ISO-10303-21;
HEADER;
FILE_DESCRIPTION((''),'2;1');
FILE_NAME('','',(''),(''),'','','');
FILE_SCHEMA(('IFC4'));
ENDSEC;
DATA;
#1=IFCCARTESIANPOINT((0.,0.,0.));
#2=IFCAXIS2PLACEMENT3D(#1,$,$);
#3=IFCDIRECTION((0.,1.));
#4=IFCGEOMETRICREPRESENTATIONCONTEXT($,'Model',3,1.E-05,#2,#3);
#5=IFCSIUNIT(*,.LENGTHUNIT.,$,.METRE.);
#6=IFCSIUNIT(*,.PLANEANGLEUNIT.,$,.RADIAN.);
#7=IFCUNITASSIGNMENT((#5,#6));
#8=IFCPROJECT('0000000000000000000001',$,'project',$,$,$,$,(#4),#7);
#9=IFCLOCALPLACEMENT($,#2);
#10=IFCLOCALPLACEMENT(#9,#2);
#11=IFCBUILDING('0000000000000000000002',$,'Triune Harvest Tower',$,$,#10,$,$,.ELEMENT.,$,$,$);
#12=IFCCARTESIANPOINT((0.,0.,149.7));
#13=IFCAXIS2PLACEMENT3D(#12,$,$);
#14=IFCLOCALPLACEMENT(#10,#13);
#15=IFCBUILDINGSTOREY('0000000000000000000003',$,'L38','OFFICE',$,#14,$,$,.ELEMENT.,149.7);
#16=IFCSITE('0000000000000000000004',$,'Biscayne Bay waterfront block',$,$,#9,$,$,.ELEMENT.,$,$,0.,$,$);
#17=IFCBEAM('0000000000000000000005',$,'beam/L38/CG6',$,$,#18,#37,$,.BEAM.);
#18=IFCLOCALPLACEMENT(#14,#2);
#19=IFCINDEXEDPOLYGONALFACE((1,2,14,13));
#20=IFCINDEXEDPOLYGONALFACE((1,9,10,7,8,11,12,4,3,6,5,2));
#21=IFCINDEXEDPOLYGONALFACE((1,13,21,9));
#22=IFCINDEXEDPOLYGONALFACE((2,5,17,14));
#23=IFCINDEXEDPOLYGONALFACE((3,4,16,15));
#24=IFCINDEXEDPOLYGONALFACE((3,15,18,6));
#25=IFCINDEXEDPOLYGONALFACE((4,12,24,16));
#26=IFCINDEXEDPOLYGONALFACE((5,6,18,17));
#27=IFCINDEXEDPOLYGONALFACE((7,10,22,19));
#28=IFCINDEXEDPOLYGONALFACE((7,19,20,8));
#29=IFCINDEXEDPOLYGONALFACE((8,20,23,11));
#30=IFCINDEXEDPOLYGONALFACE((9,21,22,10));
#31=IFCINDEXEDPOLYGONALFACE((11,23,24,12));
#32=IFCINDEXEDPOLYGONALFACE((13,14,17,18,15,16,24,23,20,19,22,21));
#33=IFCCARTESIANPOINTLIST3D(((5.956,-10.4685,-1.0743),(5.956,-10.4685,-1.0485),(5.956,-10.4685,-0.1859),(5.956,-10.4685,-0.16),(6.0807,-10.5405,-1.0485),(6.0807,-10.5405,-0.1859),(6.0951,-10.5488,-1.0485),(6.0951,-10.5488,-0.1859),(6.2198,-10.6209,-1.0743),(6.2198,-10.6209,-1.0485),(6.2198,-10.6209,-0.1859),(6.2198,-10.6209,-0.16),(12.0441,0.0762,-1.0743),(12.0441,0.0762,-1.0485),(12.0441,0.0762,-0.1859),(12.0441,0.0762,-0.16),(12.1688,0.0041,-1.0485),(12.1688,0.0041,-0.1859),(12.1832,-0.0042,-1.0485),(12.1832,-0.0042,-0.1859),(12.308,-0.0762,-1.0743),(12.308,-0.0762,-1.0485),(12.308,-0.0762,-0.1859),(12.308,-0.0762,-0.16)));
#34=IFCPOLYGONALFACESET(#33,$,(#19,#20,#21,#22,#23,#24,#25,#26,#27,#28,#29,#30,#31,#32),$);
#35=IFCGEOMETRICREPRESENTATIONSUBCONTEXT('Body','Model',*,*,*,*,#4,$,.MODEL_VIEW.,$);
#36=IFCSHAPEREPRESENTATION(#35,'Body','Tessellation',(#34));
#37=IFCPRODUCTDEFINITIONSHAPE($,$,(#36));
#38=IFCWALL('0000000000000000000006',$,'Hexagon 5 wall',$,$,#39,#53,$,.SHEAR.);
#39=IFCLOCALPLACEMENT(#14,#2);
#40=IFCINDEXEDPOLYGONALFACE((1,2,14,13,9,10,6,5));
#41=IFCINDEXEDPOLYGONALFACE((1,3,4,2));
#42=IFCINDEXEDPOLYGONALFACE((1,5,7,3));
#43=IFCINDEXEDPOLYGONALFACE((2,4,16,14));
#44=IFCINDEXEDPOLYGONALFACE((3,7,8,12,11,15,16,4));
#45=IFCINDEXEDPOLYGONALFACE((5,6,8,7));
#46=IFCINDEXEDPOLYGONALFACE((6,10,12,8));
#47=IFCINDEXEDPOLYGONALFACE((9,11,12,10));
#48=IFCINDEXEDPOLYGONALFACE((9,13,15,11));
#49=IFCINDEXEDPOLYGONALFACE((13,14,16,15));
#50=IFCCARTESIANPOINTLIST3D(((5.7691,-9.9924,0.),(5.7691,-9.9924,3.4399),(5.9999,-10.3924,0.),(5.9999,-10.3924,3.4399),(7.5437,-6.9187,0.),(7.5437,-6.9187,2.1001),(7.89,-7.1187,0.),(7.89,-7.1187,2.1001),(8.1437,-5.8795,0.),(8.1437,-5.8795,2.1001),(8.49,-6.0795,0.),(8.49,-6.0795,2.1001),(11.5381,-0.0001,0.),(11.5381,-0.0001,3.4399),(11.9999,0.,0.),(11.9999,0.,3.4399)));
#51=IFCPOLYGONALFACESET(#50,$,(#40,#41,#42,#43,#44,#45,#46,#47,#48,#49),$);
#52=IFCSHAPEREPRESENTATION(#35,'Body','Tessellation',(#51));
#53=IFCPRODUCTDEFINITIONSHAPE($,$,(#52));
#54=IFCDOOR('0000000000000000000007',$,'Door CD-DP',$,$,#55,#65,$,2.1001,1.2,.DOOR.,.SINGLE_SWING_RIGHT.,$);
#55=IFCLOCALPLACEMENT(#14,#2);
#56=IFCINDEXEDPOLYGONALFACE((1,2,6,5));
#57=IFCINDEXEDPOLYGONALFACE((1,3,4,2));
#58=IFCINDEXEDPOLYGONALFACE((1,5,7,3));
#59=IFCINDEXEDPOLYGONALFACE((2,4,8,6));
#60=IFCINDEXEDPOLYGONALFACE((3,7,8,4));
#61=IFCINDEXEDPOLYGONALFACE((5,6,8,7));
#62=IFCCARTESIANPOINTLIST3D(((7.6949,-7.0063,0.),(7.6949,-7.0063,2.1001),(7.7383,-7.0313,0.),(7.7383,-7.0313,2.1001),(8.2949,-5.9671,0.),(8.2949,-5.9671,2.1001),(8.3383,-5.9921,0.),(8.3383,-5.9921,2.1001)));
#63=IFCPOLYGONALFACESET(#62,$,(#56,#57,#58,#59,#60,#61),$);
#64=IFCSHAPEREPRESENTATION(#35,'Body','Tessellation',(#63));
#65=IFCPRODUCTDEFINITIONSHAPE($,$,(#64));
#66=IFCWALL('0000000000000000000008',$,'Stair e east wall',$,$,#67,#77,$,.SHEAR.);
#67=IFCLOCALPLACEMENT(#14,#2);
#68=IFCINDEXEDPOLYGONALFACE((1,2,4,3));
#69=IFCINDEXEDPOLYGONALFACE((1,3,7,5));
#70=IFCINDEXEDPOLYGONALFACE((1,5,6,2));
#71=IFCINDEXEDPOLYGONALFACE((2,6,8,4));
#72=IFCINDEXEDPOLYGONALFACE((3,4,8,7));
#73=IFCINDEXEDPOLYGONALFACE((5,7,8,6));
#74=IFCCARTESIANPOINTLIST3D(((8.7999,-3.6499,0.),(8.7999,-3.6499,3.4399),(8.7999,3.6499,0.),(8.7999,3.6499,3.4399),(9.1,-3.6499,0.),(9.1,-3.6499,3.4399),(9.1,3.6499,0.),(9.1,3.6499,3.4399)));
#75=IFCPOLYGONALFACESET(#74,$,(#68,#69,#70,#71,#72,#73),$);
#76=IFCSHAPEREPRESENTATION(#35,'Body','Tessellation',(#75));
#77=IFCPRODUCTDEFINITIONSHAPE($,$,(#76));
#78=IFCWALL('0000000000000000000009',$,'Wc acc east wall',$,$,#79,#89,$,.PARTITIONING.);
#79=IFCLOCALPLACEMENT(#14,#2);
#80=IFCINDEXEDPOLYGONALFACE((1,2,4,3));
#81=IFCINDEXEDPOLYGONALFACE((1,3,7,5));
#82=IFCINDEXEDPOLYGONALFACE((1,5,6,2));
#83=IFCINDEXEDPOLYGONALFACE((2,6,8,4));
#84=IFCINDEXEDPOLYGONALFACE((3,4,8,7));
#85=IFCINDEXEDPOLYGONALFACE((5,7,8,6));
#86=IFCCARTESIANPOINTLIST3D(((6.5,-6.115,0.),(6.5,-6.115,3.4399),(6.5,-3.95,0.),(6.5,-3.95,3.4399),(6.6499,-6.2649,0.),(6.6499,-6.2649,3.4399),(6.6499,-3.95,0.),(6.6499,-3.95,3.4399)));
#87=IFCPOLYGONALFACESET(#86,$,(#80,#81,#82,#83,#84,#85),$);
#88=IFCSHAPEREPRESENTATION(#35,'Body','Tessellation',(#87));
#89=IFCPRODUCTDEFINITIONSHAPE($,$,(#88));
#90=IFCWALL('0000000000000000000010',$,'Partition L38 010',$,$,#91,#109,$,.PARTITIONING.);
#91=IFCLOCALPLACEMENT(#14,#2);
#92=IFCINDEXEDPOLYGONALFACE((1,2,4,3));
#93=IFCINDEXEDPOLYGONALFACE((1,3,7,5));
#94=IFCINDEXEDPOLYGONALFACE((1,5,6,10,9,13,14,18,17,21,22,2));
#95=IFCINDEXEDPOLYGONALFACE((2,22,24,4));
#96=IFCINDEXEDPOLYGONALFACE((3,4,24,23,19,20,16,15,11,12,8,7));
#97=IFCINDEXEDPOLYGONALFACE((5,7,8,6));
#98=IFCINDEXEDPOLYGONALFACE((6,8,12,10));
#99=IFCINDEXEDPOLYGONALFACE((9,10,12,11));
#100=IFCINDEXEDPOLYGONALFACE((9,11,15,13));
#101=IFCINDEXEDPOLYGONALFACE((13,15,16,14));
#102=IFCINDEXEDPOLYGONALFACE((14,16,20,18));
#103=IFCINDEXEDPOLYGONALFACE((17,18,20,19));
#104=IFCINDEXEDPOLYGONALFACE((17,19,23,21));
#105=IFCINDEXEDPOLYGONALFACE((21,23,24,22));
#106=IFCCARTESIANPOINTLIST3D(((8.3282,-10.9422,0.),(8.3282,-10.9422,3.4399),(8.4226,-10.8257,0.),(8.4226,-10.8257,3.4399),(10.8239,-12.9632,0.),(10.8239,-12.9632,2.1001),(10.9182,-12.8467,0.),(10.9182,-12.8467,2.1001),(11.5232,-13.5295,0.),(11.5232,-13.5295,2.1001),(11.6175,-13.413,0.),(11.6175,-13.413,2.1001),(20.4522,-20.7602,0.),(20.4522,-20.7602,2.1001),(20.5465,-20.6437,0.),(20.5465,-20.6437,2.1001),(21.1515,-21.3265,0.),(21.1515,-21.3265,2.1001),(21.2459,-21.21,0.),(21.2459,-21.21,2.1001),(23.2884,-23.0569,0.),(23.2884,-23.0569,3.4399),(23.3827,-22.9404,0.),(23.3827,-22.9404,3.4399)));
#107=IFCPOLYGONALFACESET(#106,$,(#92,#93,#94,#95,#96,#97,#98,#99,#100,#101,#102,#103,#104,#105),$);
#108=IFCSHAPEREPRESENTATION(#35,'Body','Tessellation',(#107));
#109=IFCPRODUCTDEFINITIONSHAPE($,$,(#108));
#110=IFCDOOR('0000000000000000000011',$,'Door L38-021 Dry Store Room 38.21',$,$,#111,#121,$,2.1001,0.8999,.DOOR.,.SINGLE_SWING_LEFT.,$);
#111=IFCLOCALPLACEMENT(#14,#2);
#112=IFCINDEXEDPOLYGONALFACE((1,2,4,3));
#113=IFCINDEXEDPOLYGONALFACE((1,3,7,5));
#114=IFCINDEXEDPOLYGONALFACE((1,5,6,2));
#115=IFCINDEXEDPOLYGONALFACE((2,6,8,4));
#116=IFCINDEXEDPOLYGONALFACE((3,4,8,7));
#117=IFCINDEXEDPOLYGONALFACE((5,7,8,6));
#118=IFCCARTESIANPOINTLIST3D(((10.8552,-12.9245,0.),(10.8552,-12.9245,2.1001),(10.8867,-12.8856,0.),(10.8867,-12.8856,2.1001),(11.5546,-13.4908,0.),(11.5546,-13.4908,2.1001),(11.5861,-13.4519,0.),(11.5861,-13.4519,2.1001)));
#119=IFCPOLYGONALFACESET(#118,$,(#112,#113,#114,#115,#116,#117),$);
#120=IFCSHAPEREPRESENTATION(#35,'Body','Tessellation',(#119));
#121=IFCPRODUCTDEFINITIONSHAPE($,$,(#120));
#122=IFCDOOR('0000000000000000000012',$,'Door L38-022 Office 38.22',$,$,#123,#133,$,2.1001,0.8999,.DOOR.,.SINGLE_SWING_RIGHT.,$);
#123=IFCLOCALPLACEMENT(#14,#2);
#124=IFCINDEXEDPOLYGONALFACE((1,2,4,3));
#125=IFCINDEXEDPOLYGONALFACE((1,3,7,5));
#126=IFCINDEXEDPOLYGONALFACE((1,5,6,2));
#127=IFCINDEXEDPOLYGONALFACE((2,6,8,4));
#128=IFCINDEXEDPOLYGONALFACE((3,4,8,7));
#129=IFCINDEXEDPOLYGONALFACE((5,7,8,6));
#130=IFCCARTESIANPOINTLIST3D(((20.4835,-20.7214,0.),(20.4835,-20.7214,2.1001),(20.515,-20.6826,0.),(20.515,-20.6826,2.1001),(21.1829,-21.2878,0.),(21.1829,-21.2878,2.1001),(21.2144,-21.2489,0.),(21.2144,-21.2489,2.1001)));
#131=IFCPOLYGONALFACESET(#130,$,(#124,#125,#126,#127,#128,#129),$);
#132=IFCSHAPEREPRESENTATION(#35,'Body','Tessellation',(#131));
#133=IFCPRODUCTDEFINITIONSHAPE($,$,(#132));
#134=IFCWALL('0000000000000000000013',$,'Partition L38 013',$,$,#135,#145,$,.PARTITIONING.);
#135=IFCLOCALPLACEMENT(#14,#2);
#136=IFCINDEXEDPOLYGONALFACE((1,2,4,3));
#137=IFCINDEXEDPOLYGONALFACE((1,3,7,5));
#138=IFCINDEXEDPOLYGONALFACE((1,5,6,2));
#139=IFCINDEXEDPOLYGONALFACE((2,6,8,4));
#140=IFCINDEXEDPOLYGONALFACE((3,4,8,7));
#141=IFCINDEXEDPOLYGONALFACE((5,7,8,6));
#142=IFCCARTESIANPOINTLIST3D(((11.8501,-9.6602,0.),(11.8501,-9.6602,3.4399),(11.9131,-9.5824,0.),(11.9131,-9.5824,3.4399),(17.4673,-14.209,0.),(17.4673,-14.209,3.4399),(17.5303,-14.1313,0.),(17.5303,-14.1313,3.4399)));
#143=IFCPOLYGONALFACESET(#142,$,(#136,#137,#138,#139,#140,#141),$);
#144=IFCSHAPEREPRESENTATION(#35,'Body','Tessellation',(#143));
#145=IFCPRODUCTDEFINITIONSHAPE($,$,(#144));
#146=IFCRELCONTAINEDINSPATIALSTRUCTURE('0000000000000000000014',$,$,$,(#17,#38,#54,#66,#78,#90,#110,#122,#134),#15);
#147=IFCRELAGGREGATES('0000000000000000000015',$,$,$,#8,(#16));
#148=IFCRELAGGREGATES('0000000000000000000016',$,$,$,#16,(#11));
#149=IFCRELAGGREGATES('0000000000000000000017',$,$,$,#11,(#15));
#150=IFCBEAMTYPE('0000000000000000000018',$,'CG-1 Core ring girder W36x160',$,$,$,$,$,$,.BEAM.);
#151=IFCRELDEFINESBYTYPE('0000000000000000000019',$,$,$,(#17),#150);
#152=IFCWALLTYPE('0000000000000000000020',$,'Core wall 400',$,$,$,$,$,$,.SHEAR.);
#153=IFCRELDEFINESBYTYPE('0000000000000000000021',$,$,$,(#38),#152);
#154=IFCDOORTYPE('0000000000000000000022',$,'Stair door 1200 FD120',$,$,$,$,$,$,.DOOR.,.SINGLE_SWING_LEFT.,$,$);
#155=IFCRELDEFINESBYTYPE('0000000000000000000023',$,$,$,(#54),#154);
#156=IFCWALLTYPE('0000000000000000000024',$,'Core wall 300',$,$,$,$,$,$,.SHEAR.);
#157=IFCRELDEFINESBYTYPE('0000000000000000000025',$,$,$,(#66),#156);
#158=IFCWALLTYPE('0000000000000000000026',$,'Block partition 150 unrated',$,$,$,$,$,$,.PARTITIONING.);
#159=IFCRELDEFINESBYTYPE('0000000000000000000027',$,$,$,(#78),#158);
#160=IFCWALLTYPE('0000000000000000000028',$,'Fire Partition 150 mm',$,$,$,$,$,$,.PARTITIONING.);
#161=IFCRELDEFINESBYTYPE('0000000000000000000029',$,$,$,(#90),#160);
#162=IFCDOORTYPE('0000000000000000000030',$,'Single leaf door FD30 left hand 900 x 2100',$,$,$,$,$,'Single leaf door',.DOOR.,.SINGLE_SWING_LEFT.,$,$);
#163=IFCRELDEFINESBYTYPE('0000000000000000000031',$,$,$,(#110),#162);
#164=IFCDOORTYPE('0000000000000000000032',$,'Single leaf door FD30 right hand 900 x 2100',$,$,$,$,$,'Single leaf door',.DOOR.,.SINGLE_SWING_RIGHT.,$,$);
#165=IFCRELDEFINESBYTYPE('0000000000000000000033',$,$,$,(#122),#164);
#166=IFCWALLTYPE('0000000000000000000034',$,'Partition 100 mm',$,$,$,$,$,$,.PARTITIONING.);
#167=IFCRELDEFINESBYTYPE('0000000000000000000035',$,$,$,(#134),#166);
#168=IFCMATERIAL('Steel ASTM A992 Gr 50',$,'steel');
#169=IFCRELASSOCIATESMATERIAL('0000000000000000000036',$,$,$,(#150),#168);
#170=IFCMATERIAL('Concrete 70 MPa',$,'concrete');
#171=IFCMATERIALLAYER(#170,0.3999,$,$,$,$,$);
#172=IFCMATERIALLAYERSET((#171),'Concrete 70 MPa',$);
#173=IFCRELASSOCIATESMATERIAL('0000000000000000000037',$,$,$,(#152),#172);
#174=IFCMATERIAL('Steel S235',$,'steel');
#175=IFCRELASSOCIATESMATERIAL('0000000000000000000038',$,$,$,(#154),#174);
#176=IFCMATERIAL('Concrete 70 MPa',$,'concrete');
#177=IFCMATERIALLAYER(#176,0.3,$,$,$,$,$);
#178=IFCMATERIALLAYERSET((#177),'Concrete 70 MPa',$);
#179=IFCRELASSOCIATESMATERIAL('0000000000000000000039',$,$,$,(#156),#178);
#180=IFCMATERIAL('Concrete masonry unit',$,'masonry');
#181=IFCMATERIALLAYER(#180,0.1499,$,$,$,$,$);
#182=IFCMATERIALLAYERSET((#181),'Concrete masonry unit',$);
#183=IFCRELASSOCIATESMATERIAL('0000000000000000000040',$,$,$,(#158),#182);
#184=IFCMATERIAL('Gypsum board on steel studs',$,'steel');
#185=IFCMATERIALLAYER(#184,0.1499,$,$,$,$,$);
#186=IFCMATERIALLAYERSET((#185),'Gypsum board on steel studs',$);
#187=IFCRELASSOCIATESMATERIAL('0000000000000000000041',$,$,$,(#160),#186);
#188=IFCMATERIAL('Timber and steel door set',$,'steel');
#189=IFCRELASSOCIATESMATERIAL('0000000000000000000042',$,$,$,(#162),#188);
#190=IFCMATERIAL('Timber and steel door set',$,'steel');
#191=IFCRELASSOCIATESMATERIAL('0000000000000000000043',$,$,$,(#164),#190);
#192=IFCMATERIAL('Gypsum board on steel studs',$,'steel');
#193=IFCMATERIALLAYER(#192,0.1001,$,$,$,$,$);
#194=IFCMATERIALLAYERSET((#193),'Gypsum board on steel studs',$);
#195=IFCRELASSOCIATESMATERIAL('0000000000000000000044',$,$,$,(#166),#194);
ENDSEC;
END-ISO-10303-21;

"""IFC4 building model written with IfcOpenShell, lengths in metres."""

from ifc_helpers import new_model, si_unit, direction, frame, frame_2d, origin, origin_2d, place, context, subcontext, project, spatial, polyline, rectangle, i_section, outline, extrude, source, transform, mapped, material, layer, layer_set, material_profile, profile_set, type_object, element, fill, save


model = new_model("IFC4")

# Units and contexts
model_context = context("Model", 3, precision=1e-05, world=origin(), true_north=direction((0.0, 1.0)))
body_context = subcontext(model_context, "Body", "Model", "MODEL_VIEW")
ifc_project = project(units=[si_unit("LENGTHUNIT", "METRE"), si_unit("PLANEANGLEUNIT", "RADIAN")], contexts=[model_context])

# Site, building, storey
site_placement = place(None, origin())
site = spatial("IfcSite", under=ifc_project, at=site_placement, Name="Biscayne Bay waterfront block", CompositionType="ELEMENT", RefElevation=0.0)
building_placement = place(site_placement, origin())
building = spatial("IfcBuilding", under=site, at=building_placement, Name="Triune Harvest Tower", CompositionType="ELEMENT")
storey_placement = place(building_placement, frame((0.0, 0.0, 149.7)))
storey = spatial("IfcBuildingStorey", under=building, at=storey_placement, Name="L38", Description="OFFICE", CompositionType="ELEMENT", Elevation=149.7)

# Beam
ifc_material_1 = material(Name="Steel ASTM A992 Gr 50", Category="steel")
ifc_material_profile = material_profile(ifc_material_1, i_section(OverallWidth=0.3047, OverallDepth=0.9143, WebThickness=0.0166, FlangeThickness=0.0259, at=origin_2d()), Name="W36x160")
ifc_profile_set = profile_set([ifc_material_profile], Name="Steel ASTM A992 Gr 50")
beam_type = type_object("IfcBeamType", Name="CG-1 Core ring girder W36x160", PredefinedType="BEAM", material=ifc_profile_set)
shared_shape_1 = source(origin(), body_context, "Body", "SweptSolid", [
    extrude(i_section(OverallWidth=0.3047, OverallDepth=0.9143, WebThickness=0.0166, FlangeThickness=0.0259, at=origin_2d()), origin(), (0.0, 0.0, 1.0), 12.176),
])
beam_placement = place(storey_placement, frame((6.0879, -10.5447, -0.6172), z_axis=(0.50001, 0.86602, 0.0), x_axis=(-0.86602, 0.50001, 0.0)))
element("IfcBeam", 1, at=beam_placement, inside=storey, type_object=beam_type, Name="beam/L38/CG6", PredefinedType="BEAM", context=body_context, shape_type="MappedRepresentation", body=[
    mapped(shared_shape_1, transform((0.0, 0.0, 0.0), scale=1.0)),
])

# Wall, opening, door
ifc_material_2 = material(Name="Concrete 70 MPa", Category="concrete")
ifc_layer_1 = layer(ifc_material_2, 0.3999)
ifc_layer_set_1 = layer_set([ifc_layer_1], Name="Concrete 70 MPa")
wall_type_1 = type_object("IfcWallType", Name="Core wall 400", PredefinedType="SHEAR", material=ifc_layer_set_1)
shared_shape_2 = source(origin(), body_context, "Body", "SweptSolid", [
    extrude(outline(polyline([(-0.1155, -0.2), (11.8845, -0.2), (11.6536, 0.2), (0.1155, 0.2), (-0.1155, -0.2)])), origin(), (0.0, 0.0, 1.0), 3.4399),
])
wall_1_placement = place(storey_placement, frame((5.8845, -10.1924, 0.0), z_axis=(0.0, 0.0, 1.0), x_axis=(0.499997, 0.866027, 0.0)))
wall_1 = element("IfcWall", 2, at=wall_1_placement, inside=storey, type_object=wall_type_1, Name="Hexagon 5 wall", PredefinedType="SHEAR", context=body_context, shape_type="MappedRepresentation", body=[
    mapped(shared_shape_2, transform((0.0, 0.0, 0.0), scale=1.0)),
])
opening_1_placement = place(wall_1_placement, frame((3.6646, 0.0, 0.0)))
opening_1 = element("IfcOpeningElement", 3, at=opening_1_placement, cuts=wall_1, PredefinedType="OPENING", context=body_context, shape_type="SweptSolid", body=[
    extrude(rectangle(XDim=1.2, YDim=2.1001, at=frame_2d((0.6001, 1.05))), frame((0.0, 0.21, 0.0), z_axis=(0.0, -1.0, 0.0), x_axis=(1.0, 0.0, 0.0)), (0.0, 0.0, 1.0), 0.4199),
])
ifc_material_3 = material(Name="Steel S235", Category="steel")
door_type_1 = type_object("IfcDoorType", Name="Stair door 1200 FD120", OperationType="SINGLE_SWING_LEFT", PredefinedType="DOOR", material=ifc_material_3)
door_1_placement = place(opening_1_placement, frame((1.2, 0.0, 0.0), z_axis=(0.0, 0.0, 1.0), x_axis=(-1.0, 0.0, 0.0)))
door_1 = element("IfcDoor", 4, at=door_1_placement, inside=storey, type_object=door_type_1, Name="Door CD-DP", OperationType="SINGLE_SWING_RIGHT", OverallHeight=2.1001, OverallWidth=1.2, PredefinedType="DOOR", context=body_context, shape_type="SweptSolid", body=[
    extrude(rectangle(XDim=1.2, YDim=2.1001, at=frame_2d((0.6001, 1.05))), frame((0.0, 0.0249, 0.0), z_axis=(0.0, -1.0, 0.0), x_axis=(1.0, 0.0, 0.0)), (0.0, 0.0, 1.0), 0.05),
])
fill(opening_1, door_1)

# Walls
ifc_material_4 = material(Name="Concrete 70 MPa", Category="concrete")
ifc_layer_2 = layer(ifc_material_4, 0.3)
ifc_layer_set_2 = layer_set([ifc_layer_2], Name="Concrete 70 MPa")
wall_type_2 = type_object("IfcWallType", Name="Core wall 300", PredefinedType="SHEAR", material=ifc_layer_set_2)
shared_shape_3 = source(origin(), body_context, "Body", "SweptSolid", [
    extrude(rectangle(XDim=7.2998, YDim=0.3, at=frame_2d((3.6499, 0.0))), origin(), (0.0, 0.0, 1.0), 3.4399),
])
wall_2_placement = place(storey_placement, frame((8.95, -3.6499, 0.0), z_axis=(0.0, 0.0, 1.0), x_axis=(0.0, 1.0, 0.0)))
element("IfcWall", 5, at=wall_2_placement, inside=storey, type_object=wall_type_2, Name="Stair e east wall", PredefinedType="SHEAR", context=body_context, shape_type="MappedRepresentation", body=[
    mapped(shared_shape_3, transform((0.0, 0.0, 0.0), scale=1.0)),
])
ifc_material_5 = material(Name="Concrete masonry unit", Category="masonry")
ifc_layer_3 = layer(ifc_material_5, 0.1499)
ifc_layer_set_3 = layer_set([ifc_layer_3], Name="Concrete masonry unit")
wall_type_3 = type_object("IfcWallType", Name="Block partition 150 unrated", PredefinedType="PARTITIONING", material=ifc_layer_set_3)
shared_shape_4 = source(origin(), body_context, "Body", "SweptSolid", [
    extrude(outline(polyline([(-0.075, -0.075), (2.24, -0.075), (2.24, 0.075), (0.075, 0.075), (-0.075, -0.075)])), origin(), (0.0, 0.0, 1.0), 3.4399),
])
wall_3_placement = place(storey_placement, frame((6.575, -6.1899, 0.0), z_axis=(0.0, 0.0, 1.0), x_axis=(0.0, 1.0, 0.0)))
element("IfcWall", 6, at=wall_3_placement, inside=storey, type_object=wall_type_3, Name="Wc acc east wall", PredefinedType="PARTITIONING", context=body_context, shape_type="MappedRepresentation", body=[
    mapped(shared_shape_4, transform((0.0, 0.0, 0.0), scale=1.0)),
])

# Wall, openings, doors
ifc_material_6 = material(Name="Gypsum board on steel studs", Category="steel")
ifc_layer_4 = layer(ifc_material_6, 0.1499)
ifc_layer_set_4 = layer_set([ifc_layer_4], Name="Gypsum board on steel studs")
wall_type_4 = type_object("IfcWallType", Name="Fire Partition 150 mm", PredefinedType="PARTITIONING", material=ifc_layer_set_4)
shared_shape_5 = source(origin(), body_context, "Body", "SweptSolid", [
    extrude(rectangle(XDim=19.2502, YDim=0.1499, at=frame_2d((9.625, 0.0))), origin(), (0.0, 0.0, 1.0), 3.4399),
])
wall_4_placement = place(storey_placement, frame((8.3755, -10.884, 0.0), z_axis=(0.0, 0.0, 1.0), x_axis=(0.777141, -0.629327, 0.0)))
wall_4 = element("IfcWall", 7, at=wall_4_placement, inside=storey, type_object=wall_type_4, Name="Partition L38 010", PredefinedType="PARTITIONING", context=body_context, shape_type="MappedRepresentation", body=[
    mapped(shared_shape_5, transform((0.0, 0.0, 0.0), scale=1.0)),
])
opening_2_placement = place(wall_4_placement, frame((3.2112, 0.0, 0.0)))
opening_2 = element("IfcOpeningElement", 8, at=opening_2_placement, cuts=wall_4, PredefinedType="OPENING", context=body_context, shape_type="SweptSolid", body=[
    extrude(rectangle(XDim=0.8999, YDim=2.1001, at=frame_2d((0.45, 1.05))), frame((0.0, 0.085, 0.0), z_axis=(0.0, -1.0, 0.0), x_axis=(1.0, 0.0, 0.0)), (0.0, 0.0, 1.0), 0.1699),
])
opening_3_placement = place(wall_4_placement, frame((15.6006, 0.0, 0.0)))
opening_3 = element("IfcOpeningElement", 9, at=opening_3_placement, cuts=wall_4, PredefinedType="OPENING", context=body_context, shape_type="SweptSolid", body=[
    extrude(rectangle(XDim=0.8999, YDim=2.1001, at=frame_2d((0.45, 1.05))), frame((0.0, 0.085, 0.0), z_axis=(0.0, -1.0, 0.0), x_axis=(1.0, 0.0, 0.0)), (0.0, 0.0, 1.0), 0.1699),
])
ifc_material_7 = material(Name="Timber and steel door set", Category="steel")
door_type_2 = type_object("IfcDoorType", Name="Single leaf door FD30 left hand 900 x 2100", ElementType="Single leaf door", OperationType="SINGLE_SWING_LEFT", PredefinedType="DOOR", material=ifc_material_7)
door_2_placement = place(opening_2_placement, origin())
door_2 = element("IfcDoor", 10, at=door_2_placement, inside=storey, type_object=door_type_2, Name="Door L38-021 Dry Store Room 38.21", OperationType="SINGLE_SWING_LEFT", OverallHeight=2.1001, OverallWidth=0.8999, PredefinedType="DOOR", context=body_context, shape_type="SweptSolid", body=[
    extrude(rectangle(XDim=0.8999, YDim=2.1001, at=frame_2d((0.45, 1.05))), frame((0.0, 0.0249, 0.0), z_axis=(0.0, -1.0, 0.0), x_axis=(1.0, 0.0, 0.0)), (0.0, 0.0, 1.0), 0.05),
])
fill(opening_2, door_2)
ifc_material_8 = material(Name="Timber and steel door set", Category="steel")
door_type_3 = type_object("IfcDoorType", Name="Single leaf door FD30 right hand 900 x 2100", ElementType="Single leaf door", OperationType="SINGLE_SWING_RIGHT", PredefinedType="DOOR", material=ifc_material_8)
door_3_placement = place(opening_3_placement, origin())
door_3 = element("IfcDoor", 11, at=door_3_placement, inside=storey, type_object=door_type_3, Name="Door L38-022 Office 38.22", OperationType="SINGLE_SWING_RIGHT", OverallHeight=2.1001, OverallWidth=0.8999, PredefinedType="DOOR", context=body_context, shape_type="SweptSolid", body=[
    extrude(rectangle(XDim=0.8999, YDim=2.1001, at=frame_2d((0.45, 1.05))), frame((0.0, 0.0249, 0.0), z_axis=(0.0, -1.0, 0.0), x_axis=(1.0, 0.0, 0.0)), (0.0, 0.0, 1.0), 0.05),
])
fill(opening_3, door_3)

# Wall
ifc_material_9 = material(Name="Gypsum board on steel studs", Category="steel")
ifc_layer_5 = layer(ifc_material_9, 0.1001)
ifc_layer_set_5 = layer_set([ifc_layer_5], Name="Gypsum board on steel studs")
wall_type_5 = type_object("IfcWallType", Name="Partition 100 mm", PredefinedType="PARTITIONING", material=ifc_layer_set_5)
shared_shape_6 = source(origin(), body_context, "Body", "SweptSolid", [
    extrude(rectangle(XDim=7.228, YDim=0.1001, at=frame_2d((3.614, 0.0))), origin(), (0.0, 0.0, 1.0), 3.4399),
])
wall_5_placement = place(storey_placement, frame((11.8816, -9.6213, 0.0), z_axis=(0.0, 0.0, 1.0), x_axis=(0.777138, -0.62933, 0.0)))
element("IfcWall", 12, at=wall_5_placement, inside=storey, type_object=wall_type_5, Name="Partition L38 013", PredefinedType="PARTITIONING", context=body_context, shape_type="MappedRepresentation", body=[
    mapped(shared_shape_6, transform((0.0, 0.0, 0.0), scale=1.0)),
])

save(model, "model.ifc")
